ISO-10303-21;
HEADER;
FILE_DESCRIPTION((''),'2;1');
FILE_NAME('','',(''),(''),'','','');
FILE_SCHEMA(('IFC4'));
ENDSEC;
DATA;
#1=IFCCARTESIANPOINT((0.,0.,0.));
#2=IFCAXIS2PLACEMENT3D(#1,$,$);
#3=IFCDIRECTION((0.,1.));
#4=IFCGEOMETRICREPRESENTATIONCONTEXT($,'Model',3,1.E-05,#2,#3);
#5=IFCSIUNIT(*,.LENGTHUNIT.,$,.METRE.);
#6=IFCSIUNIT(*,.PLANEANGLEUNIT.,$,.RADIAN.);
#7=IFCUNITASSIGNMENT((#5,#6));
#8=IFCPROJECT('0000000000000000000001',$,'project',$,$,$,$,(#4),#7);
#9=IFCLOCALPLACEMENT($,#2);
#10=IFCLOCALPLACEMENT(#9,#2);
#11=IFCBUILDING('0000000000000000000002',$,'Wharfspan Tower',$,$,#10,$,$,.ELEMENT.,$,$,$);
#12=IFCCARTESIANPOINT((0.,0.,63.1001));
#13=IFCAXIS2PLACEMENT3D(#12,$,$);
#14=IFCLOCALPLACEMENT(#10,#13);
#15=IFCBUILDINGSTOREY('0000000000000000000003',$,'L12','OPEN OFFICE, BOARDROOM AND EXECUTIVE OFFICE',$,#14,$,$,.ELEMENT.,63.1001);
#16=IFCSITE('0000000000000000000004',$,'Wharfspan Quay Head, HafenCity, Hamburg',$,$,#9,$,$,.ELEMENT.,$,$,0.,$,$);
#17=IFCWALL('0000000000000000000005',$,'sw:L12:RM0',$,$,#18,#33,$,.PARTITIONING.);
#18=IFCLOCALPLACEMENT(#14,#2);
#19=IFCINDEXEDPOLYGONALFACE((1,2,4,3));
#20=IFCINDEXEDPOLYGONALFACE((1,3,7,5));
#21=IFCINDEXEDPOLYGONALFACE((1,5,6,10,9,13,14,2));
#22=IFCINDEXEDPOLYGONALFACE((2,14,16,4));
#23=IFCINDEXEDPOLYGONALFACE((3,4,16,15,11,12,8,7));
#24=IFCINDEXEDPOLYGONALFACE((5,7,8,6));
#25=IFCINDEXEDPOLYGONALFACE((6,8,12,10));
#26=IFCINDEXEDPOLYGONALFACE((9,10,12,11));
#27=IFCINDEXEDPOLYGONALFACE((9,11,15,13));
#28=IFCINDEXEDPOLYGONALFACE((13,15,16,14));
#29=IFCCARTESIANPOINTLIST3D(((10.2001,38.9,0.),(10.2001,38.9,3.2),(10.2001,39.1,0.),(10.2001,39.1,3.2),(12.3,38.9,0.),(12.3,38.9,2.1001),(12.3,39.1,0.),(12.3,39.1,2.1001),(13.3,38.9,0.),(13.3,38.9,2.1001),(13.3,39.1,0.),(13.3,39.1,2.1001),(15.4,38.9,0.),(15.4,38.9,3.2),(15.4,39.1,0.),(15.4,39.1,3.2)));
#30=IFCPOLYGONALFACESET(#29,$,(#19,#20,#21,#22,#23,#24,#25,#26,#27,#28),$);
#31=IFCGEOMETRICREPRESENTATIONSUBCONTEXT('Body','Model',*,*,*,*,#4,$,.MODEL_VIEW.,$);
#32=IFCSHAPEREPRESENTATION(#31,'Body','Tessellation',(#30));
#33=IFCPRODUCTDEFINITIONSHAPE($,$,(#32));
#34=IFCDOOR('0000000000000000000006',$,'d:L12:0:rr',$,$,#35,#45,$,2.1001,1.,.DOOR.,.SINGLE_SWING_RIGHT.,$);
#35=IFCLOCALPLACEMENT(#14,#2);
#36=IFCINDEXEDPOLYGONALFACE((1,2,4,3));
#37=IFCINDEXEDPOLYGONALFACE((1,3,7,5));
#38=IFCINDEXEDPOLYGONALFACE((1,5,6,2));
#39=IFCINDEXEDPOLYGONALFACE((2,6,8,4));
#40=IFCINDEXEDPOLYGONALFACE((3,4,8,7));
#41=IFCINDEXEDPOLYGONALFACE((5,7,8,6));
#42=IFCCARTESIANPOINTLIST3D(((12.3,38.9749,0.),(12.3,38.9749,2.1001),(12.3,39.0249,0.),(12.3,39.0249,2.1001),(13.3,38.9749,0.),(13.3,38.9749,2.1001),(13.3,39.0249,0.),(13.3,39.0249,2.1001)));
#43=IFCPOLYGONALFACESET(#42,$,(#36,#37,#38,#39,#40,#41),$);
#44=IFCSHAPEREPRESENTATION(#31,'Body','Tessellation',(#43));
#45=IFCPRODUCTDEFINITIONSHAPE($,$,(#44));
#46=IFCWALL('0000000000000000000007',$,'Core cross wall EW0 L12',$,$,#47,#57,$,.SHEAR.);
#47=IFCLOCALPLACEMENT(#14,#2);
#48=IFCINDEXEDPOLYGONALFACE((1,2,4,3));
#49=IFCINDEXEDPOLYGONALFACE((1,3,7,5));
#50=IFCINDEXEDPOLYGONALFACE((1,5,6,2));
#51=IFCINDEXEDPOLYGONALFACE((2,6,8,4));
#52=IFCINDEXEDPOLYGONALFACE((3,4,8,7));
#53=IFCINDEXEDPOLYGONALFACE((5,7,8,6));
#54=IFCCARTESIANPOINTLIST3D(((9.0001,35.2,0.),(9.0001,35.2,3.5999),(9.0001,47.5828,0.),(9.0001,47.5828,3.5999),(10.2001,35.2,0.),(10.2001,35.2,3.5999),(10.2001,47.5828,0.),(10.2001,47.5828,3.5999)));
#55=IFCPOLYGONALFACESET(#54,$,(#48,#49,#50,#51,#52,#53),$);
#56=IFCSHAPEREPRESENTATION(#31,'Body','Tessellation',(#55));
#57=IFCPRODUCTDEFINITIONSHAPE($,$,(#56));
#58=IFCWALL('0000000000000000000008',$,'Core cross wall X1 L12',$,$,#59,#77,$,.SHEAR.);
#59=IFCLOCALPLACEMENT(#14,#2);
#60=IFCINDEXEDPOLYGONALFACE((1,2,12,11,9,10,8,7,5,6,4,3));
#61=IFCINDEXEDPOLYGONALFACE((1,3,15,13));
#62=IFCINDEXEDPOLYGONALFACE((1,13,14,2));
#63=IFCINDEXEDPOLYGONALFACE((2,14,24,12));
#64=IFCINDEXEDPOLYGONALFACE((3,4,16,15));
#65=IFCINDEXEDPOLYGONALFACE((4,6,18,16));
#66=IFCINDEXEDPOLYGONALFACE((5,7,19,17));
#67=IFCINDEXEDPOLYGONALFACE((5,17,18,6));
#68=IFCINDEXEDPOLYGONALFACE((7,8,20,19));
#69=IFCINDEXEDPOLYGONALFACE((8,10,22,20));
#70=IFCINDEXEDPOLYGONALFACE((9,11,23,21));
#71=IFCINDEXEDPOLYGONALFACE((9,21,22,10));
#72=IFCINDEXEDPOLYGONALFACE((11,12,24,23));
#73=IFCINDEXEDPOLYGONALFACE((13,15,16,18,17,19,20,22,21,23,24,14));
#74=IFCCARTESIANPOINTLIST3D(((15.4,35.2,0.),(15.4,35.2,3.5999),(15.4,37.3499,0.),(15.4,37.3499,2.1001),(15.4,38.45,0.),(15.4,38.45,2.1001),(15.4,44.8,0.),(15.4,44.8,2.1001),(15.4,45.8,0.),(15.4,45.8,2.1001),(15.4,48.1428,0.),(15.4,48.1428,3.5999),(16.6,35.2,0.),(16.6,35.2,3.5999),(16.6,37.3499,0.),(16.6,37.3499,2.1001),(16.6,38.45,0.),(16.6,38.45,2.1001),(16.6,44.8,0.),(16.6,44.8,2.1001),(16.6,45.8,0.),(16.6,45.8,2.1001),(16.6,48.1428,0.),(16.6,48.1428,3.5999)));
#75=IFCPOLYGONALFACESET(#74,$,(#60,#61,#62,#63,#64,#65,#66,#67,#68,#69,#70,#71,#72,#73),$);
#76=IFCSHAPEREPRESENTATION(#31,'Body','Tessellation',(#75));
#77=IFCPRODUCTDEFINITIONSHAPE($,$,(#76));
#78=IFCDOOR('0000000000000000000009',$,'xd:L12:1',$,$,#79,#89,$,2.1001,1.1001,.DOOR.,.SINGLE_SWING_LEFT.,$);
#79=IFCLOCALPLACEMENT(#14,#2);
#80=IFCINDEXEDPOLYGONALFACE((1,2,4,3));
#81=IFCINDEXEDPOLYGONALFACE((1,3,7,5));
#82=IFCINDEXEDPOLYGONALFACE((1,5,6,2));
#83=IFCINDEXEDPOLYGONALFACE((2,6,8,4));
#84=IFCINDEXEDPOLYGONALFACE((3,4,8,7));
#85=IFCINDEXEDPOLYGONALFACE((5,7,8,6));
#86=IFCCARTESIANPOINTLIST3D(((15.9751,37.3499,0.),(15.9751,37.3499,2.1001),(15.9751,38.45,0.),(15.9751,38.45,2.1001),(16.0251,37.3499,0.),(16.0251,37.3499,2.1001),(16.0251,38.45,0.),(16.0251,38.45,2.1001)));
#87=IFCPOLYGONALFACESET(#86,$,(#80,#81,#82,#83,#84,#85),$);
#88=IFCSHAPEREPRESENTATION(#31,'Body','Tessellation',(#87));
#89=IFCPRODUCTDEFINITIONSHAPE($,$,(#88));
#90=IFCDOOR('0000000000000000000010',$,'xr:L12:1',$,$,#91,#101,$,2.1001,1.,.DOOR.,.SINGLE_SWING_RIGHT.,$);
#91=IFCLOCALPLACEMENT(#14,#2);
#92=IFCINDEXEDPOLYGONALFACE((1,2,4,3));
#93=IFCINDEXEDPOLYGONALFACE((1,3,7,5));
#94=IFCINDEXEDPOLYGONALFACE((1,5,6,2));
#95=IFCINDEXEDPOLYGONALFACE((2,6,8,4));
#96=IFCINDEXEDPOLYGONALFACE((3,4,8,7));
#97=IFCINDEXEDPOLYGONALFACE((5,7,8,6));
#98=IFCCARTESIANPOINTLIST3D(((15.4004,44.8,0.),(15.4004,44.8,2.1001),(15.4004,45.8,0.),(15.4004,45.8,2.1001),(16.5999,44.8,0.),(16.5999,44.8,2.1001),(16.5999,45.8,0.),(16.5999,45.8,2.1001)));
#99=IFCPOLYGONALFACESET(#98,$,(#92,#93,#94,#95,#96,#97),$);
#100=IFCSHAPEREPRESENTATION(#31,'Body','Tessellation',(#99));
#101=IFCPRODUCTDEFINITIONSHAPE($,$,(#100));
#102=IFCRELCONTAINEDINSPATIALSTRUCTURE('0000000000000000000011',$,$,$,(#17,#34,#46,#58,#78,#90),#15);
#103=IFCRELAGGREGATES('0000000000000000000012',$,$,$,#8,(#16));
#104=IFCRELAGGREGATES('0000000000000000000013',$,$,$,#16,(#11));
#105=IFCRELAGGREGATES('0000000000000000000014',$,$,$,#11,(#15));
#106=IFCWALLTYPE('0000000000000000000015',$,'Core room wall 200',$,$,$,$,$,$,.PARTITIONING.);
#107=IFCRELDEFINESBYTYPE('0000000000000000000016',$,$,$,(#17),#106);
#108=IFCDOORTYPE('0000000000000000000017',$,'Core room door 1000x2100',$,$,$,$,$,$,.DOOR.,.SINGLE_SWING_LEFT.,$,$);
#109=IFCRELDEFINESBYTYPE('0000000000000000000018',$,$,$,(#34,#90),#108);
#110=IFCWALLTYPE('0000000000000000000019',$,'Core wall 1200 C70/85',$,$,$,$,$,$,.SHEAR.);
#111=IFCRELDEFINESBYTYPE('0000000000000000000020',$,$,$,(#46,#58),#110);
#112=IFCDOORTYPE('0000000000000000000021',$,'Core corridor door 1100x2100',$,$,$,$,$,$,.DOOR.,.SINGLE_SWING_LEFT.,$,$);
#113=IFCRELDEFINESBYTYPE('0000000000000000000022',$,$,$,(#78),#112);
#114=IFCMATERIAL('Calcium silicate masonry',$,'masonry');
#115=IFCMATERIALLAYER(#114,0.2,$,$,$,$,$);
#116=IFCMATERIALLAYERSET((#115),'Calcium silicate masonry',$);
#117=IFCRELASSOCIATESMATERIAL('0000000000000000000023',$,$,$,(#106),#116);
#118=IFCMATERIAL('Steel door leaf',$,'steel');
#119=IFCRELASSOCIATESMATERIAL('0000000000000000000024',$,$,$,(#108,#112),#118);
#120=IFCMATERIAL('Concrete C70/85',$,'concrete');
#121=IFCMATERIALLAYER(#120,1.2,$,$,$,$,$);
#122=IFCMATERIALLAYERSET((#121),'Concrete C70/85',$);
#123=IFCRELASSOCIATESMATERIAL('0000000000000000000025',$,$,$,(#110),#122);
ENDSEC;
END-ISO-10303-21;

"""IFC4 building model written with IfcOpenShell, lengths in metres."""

from ifc_helpers import new_model, si_unit, direction, frame, frame_2d, origin, place, context, subcontext, project, spatial, rectangle, extrude, material, layer, layer_set, type_object, element, fill, save


model = new_model("IFC4")

# Units and contexts
model_context = context("Model", 3, precision=1e-05, world=origin(), true_north=direction((0.0, 1.0)))
body_context = subcontext(model_context, "Body", "Model", "MODEL_VIEW")
ifc_project = project(units=[si_unit("LENGTHUNIT", "METRE"), si_unit("PLANEANGLEUNIT", "RADIAN")], contexts=[model_context])

# Site, building, storey
site_placement = place(None, origin())
site = spatial("IfcSite", under=ifc_project, at=site_placement, Name="Wharfspan Quay Head, HafenCity, Hamburg", CompositionType="ELEMENT", RefElevation=0.0)
building_placement = place(site_placement, origin())
building = spatial("IfcBuilding", under=site, at=building_placement, Name="Wharfspan Tower", CompositionType="ELEMENT")
storey_placement = place(building_placement, frame((0.0, 0.0, 63.1001)))
storey = spatial("IfcBuildingStorey", under=building, at=storey_placement, Name="L12", Description="OPEN OFFICE, BOARDROOM AND EXECUTIVE OFFICE", CompositionType="ELEMENT", Elevation=63.1001)

# Wall, opening, door
ifc_material_1 = material(Name="Calcium silicate masonry", Category="masonry")
ifc_layer_1 = layer(ifc_material_1, 0.2)
ifc_layer_set_1 = layer_set([ifc_layer_1], Name="Calcium silicate masonry")
wall_type_1 = type_object("IfcWallType", Name="Core room wall 200", PredefinedType="PARTITIONING", material=ifc_layer_set_1)
wall_1_placement = place(storey_placement, frame((10.2, 39.0, 0.0), z_axis=(0.0, 0.0, 1.0), x_axis=(1.0, 0.0, 0.0)))
wall_1 = element("IfcWall", 1, at=wall_1_placement, inside=storey, type_object=wall_type_1, Name="sw:L12:RM0", PredefinedType="PARTITIONING", context=body_context, shape_type="SweptSolid", body=[
    extrude(rectangle(XDim=5.2, YDim=0.2, at=frame_2d((2.6001, 0.0))), origin(), (0.0, 0.0, 1.0), 3.2),
])
opening_1_placement = place(wall_1_placement, frame((2.1001, 0.0, 0.0)))
opening_1 = element("IfcOpeningElement", 2, at=opening_1_placement, cuts=wall_1, PredefinedType="OPENING", context=body_context, shape_type="SweptSolid", body=[
    extrude(rectangle(XDim=1.0, YDim=2.1001, at=frame_2d((0.5, 1.05))), frame((0.0, 0.1099, 0.0), z_axis=(0.0, -1.0, 0.0), x_axis=(1.0, 0.0, 0.0)), (0.0, 0.0, 1.0), 0.22),
])
ifc_material_2 = material(Name="Steel door leaf", Category="steel")
door_type_1 = type_object("IfcDoorType", Name="Core room door 1000x2100", OperationType="SINGLE_SWING_LEFT", PredefinedType="DOOR", material=ifc_material_2)
door_1_placement = place(opening_1_placement, origin())
door_1 = element("IfcDoor", 3, at=door_1_placement, inside=storey, type_object=door_type_1, Name="d:L12:0:rr", OperationType="SINGLE_SWING_RIGHT", OverallHeight=2.1001, OverallWidth=1.0, PredefinedType="DOOR", context=body_context, shape_type="SweptSolid", body=[
    extrude(rectangle(XDim=1.0, YDim=2.1001, at=frame_2d((0.5, 1.05))), frame((0.0, 0.0249, 0.0), z_axis=(0.0, -1.0, 0.0), x_axis=(1.0, 0.0, 0.0)), (0.0, 0.0, 1.0), 0.05),
])
fill(opening_1, door_1)

# Wall
ifc_material_3 = material(Name="Concrete C70/85", Category="concrete")
ifc_layer_2 = layer(ifc_material_3, 1.2)
ifc_layer_set_2 = layer_set([ifc_layer_2], Name="Concrete C70/85")
wall_type_2 = type_object("IfcWallType", Name="Core wall 1200 C70/85", PredefinedType="SHEAR", material=ifc_layer_set_2)
wall_2_placement = place(storey_placement, frame((9.6001, 35.2, 0.0), z_axis=(0.0, 0.0, 1.0), x_axis=(0.0, 1.0, 0.0)))
element("IfcWall", 4, at=wall_2_placement, inside=storey, type_object=wall_type_2, Name="Core cross wall EW0 L12", PredefinedType="SHEAR", context=body_context, shape_type="SweptSolid", body=[
    extrude(rectangle(XDim=12.3828, YDim=1.2, at=frame_2d((6.1914, 0.0))), origin(), (0.0, 0.0, 1.0), 3.5999),
])

# Wall, openings, doors
wall_3_placement = place(storey_placement, frame((16.0, 35.2, 0.0), z_axis=(0.0, 0.0, 1.0), x_axis=(0.0, 1.0, 0.0)))
wall_3 = element("IfcWall", 5, at=wall_3_placement, inside=storey, type_object=wall_type_2, Name="Core cross wall X1 L12", PredefinedType="SHEAR", context=body_context, shape_type="SweptSolid", body=[
    extrude(rectangle(XDim=12.9429, YDim=1.2, at=frame_2d((6.4714, 0.0))), origin(), (0.0, 0.0, 1.0), 3.5999),
])
opening_2_placement = place(wall_3_placement, frame((2.1499, 0.0, 0.0)))
opening_2 = element("IfcOpeningElement", 6, at=opening_2_placement, cuts=wall_3, PredefinedType="OPENING", context=body_context, shape_type="SweptSolid", body=[
    extrude(rectangle(XDim=1.1001, YDim=2.1001, at=frame_2d((0.55, 1.05))), frame((0.0, 0.6099, 0.0), z_axis=(0.0, -1.0, 0.0), x_axis=(1.0, 0.0, 0.0)), (0.0, 0.0, 1.0), 1.22),
])
opening_3_placement = place(wall_3_placement, frame((9.6001, 0.0, 0.0)))
opening_3 = element("IfcOpeningElement", 7, at=opening_3_placement, cuts=wall_3, PredefinedType="OPENING", context=body_context, shape_type="SweptSolid", body=[
    extrude(rectangle(XDim=1.0, YDim=2.1001, at=frame_2d((0.5, 1.05))), frame((0.0, 0.6099, 0.0), z_axis=(0.0, -1.0, 0.0), x_axis=(1.0, 0.0, 0.0)), (0.0, 0.0, 1.0), 1.22),
])
door_type_2 = type_object("IfcDoorType", Name="Core corridor door 1100x2100", OperationType="SINGLE_SWING_LEFT", PredefinedType="DOOR", material=ifc_material_2)
door_2_placement = place(opening_2_placement, origin())
door_2 = element("IfcDoor", 8, at=door_2_placement, inside=storey, type_object=door_type_2, Name="xd:L12:1", OperationType="SINGLE_SWING_LEFT", OverallHeight=2.1001, OverallWidth=1.1001, PredefinedType="DOOR", context=body_context, shape_type="SweptSolid", body=[
    extrude(rectangle(XDim=1.1001, YDim=2.1001, at=frame_2d((0.55, 1.05))), frame((0.0, 0.0249, 0.0), z_axis=(0.0, -1.0, 0.0), x_axis=(1.0, 0.0, 0.0)), (0.0, 0.0, 1.0), 0.05),
])
fill(opening_2, door_2)
door_3_placement = place(opening_3_placement, origin())
door_3 = element("IfcDoor", 9, at=door_3_placement, inside=storey, type_object=door_type_1, Name="xr:L12:1", OperationType="SINGLE_SWING_RIGHT", OverallHeight=2.1001, OverallWidth=1.0, PredefinedType="DOOR", context=body_context, shape_type="SweptSolid", body=[
    extrude(rectangle(XDim=1.0, YDim=2.1001, at=frame_2d((0.5, 1.05))), frame((0.0, 0.5996, 0.0), z_axis=(0.0, -1.0, 0.0), x_axis=(1.0, 0.0, 0.0)), (0.0, 0.0, 1.0), 1.1995),
])
fill(opening_3, door_3)

save(model, "model.ifc")
